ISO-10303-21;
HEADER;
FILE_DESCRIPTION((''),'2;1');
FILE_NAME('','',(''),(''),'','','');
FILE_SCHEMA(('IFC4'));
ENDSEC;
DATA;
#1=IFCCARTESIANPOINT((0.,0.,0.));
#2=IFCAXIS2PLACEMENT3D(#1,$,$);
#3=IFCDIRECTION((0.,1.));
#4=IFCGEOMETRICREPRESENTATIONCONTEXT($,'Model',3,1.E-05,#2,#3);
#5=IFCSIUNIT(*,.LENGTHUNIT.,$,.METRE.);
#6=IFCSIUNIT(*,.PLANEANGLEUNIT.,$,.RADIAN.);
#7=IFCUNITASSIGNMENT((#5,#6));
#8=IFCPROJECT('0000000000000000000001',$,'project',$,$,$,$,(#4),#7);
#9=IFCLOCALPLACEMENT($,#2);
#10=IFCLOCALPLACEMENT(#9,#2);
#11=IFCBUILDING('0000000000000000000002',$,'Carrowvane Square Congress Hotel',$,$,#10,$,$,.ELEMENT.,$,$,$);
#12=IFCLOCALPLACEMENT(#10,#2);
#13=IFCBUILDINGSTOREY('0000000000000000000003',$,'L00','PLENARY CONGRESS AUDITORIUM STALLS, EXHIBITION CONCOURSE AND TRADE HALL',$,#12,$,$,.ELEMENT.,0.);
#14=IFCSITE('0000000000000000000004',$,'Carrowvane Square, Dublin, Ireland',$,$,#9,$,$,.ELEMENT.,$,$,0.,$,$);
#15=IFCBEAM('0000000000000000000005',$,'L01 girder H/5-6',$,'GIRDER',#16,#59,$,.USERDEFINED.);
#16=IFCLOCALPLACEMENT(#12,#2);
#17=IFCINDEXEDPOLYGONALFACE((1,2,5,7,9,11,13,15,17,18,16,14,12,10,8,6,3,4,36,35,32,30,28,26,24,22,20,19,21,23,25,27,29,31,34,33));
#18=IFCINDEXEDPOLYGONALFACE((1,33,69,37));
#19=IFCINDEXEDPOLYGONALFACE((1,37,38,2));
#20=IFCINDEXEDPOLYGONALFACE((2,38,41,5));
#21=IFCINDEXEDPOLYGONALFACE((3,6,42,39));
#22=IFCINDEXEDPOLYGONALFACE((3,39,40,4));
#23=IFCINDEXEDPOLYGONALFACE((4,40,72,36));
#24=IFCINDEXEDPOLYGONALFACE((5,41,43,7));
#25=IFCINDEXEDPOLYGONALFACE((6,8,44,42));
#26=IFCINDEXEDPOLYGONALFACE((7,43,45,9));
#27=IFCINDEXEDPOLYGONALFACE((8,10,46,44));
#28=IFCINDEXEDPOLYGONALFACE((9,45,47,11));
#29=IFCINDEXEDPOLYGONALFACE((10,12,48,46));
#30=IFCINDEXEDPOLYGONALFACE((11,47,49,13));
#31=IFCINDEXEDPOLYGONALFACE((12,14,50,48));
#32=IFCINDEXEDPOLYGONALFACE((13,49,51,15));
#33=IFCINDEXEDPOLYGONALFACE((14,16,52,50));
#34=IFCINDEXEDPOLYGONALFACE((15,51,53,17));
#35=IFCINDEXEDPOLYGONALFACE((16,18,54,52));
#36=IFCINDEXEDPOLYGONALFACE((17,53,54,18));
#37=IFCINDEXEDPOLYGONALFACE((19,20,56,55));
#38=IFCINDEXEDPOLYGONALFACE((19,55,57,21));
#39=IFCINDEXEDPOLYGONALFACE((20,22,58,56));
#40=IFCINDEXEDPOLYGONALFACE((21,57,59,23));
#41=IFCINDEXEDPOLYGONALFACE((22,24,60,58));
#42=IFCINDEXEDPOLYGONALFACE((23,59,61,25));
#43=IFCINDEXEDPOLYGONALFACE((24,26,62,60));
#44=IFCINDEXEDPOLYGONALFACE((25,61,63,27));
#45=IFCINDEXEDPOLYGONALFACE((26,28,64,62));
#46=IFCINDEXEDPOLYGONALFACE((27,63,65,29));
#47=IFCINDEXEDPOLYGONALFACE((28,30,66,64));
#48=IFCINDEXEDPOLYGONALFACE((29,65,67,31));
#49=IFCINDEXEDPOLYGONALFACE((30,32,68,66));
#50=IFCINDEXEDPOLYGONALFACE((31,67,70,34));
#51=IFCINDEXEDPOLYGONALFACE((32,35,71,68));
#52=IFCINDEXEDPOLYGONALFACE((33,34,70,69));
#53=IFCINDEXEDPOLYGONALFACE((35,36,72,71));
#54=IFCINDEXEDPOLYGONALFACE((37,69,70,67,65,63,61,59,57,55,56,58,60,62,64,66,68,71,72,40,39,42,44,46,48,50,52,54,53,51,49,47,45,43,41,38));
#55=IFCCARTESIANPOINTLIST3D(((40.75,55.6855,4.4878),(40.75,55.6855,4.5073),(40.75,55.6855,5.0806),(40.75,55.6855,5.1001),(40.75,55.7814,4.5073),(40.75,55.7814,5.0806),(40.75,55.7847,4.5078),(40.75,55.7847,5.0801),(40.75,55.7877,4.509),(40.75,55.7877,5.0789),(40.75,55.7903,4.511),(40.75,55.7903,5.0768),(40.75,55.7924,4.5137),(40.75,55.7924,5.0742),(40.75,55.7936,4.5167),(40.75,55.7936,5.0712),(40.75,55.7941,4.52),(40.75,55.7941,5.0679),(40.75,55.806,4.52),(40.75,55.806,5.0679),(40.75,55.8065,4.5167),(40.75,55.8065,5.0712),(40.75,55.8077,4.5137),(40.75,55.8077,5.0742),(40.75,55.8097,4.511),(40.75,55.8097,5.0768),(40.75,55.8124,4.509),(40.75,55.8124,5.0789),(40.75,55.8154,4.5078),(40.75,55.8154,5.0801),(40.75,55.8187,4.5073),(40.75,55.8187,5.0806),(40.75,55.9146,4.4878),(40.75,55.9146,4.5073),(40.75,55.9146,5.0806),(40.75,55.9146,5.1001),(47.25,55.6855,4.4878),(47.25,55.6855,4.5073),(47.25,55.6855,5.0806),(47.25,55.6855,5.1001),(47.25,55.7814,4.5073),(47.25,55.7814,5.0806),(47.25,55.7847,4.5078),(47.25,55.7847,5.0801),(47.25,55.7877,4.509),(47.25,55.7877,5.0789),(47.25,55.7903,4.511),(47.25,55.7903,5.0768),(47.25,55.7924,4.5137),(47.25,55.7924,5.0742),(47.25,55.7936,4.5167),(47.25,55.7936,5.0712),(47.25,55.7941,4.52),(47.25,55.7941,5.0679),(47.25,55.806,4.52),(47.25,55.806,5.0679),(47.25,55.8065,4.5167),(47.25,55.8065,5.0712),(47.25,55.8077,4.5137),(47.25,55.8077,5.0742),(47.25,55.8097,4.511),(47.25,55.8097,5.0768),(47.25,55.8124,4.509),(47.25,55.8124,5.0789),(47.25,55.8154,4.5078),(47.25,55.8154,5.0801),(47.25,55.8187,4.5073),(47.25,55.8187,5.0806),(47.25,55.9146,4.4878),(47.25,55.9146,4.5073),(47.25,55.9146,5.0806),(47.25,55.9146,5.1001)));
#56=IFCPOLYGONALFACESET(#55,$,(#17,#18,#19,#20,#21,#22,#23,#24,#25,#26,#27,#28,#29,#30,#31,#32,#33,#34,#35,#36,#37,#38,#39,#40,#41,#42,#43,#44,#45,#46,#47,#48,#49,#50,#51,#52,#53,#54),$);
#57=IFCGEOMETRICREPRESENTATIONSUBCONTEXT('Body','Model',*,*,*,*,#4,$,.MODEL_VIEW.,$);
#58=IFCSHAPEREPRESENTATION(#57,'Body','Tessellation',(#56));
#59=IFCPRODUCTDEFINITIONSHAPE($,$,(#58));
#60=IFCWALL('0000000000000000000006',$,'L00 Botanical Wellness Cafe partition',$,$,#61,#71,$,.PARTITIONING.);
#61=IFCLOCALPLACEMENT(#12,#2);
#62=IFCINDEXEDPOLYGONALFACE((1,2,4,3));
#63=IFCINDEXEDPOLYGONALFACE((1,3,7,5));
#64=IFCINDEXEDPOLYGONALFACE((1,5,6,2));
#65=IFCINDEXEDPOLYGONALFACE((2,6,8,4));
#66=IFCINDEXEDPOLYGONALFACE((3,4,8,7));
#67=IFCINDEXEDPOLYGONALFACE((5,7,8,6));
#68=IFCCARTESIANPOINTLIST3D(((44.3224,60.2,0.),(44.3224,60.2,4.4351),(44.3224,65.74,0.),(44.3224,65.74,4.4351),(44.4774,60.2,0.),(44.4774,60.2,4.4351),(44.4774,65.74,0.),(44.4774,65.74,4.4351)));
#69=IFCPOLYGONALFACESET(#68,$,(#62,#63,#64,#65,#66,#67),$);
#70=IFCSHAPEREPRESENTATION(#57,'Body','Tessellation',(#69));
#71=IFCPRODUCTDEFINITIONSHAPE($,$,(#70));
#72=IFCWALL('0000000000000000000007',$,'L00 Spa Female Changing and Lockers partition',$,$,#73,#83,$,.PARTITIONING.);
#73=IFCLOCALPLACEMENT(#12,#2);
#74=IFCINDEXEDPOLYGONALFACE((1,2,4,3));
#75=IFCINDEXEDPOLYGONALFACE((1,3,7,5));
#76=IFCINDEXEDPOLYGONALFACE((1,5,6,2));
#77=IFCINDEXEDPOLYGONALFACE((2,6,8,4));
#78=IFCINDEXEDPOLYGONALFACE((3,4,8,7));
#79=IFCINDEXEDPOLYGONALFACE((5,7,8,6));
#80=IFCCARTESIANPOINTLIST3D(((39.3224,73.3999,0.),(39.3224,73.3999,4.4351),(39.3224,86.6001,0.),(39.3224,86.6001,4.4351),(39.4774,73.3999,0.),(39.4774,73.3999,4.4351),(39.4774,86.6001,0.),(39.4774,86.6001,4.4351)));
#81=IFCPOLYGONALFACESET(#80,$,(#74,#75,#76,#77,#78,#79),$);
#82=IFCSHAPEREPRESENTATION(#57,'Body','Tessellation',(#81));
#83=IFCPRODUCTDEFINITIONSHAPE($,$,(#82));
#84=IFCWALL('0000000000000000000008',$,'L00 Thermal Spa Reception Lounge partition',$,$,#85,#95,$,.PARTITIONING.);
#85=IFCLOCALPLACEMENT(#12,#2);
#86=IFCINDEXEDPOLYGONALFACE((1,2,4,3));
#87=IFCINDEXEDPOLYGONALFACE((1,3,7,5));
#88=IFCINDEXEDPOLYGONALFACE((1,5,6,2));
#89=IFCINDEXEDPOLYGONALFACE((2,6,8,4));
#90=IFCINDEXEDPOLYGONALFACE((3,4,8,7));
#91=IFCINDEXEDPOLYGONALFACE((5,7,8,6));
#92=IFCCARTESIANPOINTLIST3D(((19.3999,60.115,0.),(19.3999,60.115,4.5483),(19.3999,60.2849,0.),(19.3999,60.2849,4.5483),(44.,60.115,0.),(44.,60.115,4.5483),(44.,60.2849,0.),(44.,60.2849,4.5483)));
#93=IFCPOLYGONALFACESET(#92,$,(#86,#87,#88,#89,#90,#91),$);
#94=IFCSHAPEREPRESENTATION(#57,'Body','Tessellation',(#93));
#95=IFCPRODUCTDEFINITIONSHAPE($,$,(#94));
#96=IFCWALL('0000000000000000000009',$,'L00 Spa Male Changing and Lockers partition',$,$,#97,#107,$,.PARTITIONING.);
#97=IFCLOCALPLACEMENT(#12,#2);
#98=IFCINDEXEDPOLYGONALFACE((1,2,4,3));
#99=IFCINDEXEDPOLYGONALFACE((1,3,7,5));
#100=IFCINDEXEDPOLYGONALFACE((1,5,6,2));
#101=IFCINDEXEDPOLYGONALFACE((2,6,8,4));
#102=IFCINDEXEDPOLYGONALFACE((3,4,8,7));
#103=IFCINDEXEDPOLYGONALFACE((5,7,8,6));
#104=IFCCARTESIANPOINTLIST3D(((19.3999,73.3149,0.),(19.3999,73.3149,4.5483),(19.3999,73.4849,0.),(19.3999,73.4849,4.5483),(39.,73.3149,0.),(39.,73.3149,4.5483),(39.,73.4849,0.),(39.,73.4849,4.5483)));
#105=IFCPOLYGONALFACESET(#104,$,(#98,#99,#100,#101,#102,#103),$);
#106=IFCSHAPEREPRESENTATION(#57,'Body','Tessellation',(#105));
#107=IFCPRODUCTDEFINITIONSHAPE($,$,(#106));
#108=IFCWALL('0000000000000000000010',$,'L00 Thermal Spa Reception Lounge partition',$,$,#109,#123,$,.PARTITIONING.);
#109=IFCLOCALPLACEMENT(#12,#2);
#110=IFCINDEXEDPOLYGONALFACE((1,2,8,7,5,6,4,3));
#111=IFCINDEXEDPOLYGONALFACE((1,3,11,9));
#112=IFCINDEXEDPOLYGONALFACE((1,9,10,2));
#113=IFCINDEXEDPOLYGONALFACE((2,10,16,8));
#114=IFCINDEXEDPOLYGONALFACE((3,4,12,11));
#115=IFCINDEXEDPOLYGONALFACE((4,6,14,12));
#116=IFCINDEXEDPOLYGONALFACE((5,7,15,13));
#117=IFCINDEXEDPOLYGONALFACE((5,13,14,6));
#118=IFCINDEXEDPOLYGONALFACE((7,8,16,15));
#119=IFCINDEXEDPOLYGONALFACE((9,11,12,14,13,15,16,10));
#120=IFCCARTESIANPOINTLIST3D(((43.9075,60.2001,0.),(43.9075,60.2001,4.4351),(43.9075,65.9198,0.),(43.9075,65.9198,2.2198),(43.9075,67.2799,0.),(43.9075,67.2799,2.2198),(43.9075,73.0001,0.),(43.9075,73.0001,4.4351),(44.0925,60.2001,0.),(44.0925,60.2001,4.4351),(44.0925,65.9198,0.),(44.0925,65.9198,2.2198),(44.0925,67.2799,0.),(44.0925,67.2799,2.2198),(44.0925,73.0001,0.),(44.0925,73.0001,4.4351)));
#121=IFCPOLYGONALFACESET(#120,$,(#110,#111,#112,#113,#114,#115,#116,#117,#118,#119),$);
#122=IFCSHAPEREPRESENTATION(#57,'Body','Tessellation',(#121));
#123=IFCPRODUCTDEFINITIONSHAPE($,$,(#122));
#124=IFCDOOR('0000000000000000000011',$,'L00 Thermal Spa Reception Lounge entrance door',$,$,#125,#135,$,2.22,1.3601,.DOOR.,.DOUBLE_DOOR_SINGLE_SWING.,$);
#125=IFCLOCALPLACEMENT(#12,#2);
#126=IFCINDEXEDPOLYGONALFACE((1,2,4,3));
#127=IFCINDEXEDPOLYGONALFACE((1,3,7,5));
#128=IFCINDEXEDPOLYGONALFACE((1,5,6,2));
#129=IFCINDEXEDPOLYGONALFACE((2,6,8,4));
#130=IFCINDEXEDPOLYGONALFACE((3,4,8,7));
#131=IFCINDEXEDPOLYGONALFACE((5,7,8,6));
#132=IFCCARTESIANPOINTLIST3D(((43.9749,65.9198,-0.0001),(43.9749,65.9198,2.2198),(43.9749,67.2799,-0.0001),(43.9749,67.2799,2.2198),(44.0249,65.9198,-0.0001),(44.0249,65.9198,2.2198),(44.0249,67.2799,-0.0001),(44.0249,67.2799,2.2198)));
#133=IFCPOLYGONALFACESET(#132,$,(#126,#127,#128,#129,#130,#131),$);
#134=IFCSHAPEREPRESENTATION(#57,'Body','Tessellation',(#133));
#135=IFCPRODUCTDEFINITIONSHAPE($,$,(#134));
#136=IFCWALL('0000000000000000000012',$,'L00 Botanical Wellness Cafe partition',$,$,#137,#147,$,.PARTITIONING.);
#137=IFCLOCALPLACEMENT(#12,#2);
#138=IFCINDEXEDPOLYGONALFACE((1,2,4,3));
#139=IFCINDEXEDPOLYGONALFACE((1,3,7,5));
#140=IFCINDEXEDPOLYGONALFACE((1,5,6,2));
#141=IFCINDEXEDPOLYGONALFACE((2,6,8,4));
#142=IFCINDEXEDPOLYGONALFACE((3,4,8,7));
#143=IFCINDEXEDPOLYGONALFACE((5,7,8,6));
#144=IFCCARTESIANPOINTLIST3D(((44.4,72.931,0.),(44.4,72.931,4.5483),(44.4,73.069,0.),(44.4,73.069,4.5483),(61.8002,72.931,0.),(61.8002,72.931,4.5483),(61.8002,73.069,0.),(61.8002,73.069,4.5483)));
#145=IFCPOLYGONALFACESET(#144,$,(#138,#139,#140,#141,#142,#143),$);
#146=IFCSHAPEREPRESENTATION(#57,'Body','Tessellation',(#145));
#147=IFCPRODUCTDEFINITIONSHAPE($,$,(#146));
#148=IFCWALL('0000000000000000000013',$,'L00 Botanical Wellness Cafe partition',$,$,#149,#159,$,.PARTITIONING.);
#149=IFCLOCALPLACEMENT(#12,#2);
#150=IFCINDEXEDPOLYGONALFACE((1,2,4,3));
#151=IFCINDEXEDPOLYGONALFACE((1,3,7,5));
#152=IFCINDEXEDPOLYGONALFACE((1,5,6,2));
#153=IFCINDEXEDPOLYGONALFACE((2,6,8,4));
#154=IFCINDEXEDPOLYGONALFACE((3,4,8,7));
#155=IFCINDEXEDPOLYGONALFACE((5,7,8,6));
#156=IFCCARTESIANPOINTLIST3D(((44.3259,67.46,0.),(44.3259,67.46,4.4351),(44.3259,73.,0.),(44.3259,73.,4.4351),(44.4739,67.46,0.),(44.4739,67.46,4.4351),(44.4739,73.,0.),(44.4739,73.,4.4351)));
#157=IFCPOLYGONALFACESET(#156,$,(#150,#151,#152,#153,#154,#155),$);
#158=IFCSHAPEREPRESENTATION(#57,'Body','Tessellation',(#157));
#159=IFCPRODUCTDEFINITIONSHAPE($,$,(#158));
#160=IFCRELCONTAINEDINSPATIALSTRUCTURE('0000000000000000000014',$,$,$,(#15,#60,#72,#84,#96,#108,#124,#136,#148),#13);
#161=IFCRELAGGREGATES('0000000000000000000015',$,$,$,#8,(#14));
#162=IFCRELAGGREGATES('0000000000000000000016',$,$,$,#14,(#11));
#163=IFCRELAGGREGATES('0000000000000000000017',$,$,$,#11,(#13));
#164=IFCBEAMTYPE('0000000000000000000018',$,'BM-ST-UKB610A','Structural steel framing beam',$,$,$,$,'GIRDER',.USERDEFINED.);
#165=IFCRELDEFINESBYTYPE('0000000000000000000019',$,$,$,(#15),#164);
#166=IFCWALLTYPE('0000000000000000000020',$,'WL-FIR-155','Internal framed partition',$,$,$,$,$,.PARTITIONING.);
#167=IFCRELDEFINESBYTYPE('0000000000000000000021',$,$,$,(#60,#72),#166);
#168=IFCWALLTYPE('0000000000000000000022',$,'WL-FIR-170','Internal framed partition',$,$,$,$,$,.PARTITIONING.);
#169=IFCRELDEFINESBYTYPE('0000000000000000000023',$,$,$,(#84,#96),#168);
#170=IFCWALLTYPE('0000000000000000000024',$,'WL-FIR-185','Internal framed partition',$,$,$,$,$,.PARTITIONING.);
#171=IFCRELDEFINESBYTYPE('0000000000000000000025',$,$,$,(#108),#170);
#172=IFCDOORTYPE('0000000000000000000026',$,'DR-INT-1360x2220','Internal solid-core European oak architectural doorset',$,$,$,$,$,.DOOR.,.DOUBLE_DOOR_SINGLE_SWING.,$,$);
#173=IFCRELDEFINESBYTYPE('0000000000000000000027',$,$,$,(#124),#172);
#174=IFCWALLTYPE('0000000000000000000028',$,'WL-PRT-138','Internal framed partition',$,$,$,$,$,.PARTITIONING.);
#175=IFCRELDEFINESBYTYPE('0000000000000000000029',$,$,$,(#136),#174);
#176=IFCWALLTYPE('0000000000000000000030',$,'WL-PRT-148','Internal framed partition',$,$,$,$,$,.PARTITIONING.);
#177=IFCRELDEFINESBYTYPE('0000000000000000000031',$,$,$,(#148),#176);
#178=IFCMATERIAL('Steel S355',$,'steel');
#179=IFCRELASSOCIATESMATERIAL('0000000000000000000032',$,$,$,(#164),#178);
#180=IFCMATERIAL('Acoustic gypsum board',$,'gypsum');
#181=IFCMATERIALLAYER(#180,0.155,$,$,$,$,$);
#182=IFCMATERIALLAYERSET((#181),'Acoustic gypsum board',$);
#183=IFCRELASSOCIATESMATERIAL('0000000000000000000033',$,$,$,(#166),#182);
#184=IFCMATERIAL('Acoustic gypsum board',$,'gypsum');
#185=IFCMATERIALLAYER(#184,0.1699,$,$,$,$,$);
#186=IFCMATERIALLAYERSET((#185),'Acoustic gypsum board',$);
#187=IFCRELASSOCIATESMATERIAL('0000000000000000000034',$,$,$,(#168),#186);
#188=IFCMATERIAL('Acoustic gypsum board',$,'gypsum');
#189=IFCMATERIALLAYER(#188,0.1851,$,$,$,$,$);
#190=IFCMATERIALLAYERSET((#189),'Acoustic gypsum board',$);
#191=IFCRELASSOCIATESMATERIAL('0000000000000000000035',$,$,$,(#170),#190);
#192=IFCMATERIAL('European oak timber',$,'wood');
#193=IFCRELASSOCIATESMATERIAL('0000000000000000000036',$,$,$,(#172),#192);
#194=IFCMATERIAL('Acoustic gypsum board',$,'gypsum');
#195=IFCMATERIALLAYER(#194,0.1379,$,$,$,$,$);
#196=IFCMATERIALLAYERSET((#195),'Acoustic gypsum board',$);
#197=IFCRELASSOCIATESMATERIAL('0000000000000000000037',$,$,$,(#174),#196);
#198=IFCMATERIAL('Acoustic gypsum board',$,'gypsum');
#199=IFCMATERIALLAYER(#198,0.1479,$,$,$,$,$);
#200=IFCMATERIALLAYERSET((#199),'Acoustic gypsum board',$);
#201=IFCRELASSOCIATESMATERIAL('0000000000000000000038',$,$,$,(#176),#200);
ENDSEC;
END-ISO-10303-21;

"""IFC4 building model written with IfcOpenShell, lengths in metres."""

from ifc_helpers import new_model, si_unit, direction, frame, frame_2d, origin, origin_2d, place, context, subcontext, project, spatial, rectangle, i_section, extrude, material, layer, layer_set, material_profile, profile_set, type_object, element, fill, save


model = new_model("IFC4")

# Units and contexts
model_context = context("Model", 3, precision=1e-05, world=origin(), true_north=direction((0.0, 1.0)))
body_context = subcontext(model_context, "Body", "Model", "MODEL_VIEW")
ifc_project = project(units=[si_unit("LENGTHUNIT", "METRE"), si_unit("PLANEANGLEUNIT", "RADIAN")], contexts=[model_context])

# Site, building, storey
site_placement = place(None, origin())
site = spatial("IfcSite", under=ifc_project, at=site_placement, Name="Carrowvane Square, Dublin, Ireland", CompositionType="ELEMENT", RefElevation=0.0)
building_placement = place(site_placement, origin())
building = spatial("IfcBuilding", under=site, at=building_placement, Name="Carrowvane Square Congress Hotel", CompositionType="ELEMENT")
storey_placement = place(building_placement, origin())
storey = spatial("IfcBuildingStorey", under=building, at=storey_placement, Name="L00", Description="PLENARY CONGRESS AUDITORIUM STALLS, EXHIBITION CONCOURSE AND TRADE HALL", CompositionType="ELEMENT", Elevation=0.0)

# Beam
ifc_material_1 = material(Name="Steel S355", Category="steel")
ifc_material_profile_1 = material_profile(ifc_material_1, i_section(OverallWidth=0.229, OverallDepth=0.6123, WebThickness=0.012, FlangeThickness=0.0195, FilletRadius=0.0127, at=origin_2d()), Name="UKB 610x229x125")
ifc_profile_set_1 = profile_set([ifc_material_profile_1], Name="Steel S355")
beam_type_1 = type_object("IfcBeamType", Name="BM-ST-UKB610A", Description="Structural steel framing beam", ElementType="GIRDER", PredefinedType="USERDEFINED", material=ifc_profile_set_1)
for number, where, z_axis, x_axis, name in (
    (1, (40.75, 55.8, 4.7939), (1.0, 0.0, 0.0), (0.0, 1.0, 0.0), "L01 girder H/5-6"),
):
    element("IfcBeam", number, at=place(storey_placement, frame(where, z_axis=z_axis, x_axis=x_axis)), inside=storey, type_object=beam_type_1, Name=name, ObjectType="GIRDER", PredefinedType="USERDEFINED", context=body_context, shape_type="SweptSolid", body=[
        extrude(i_section(OverallWidth=0.229, OverallDepth=0.6123, WebThickness=0.012, FlangeThickness=0.0195, FilletRadius=0.0127, at=origin_2d()), origin(), (0.0, 0.0, 1.0), 6.5),
    ])

# Walls
ifc_material_2 = material(Name="Acoustic gypsum board", Category="gypsum")
ifc_layer_1 = layer(ifc_material_2, 0.155)
ifc_layer_set_1 = layer_set([ifc_layer_1], Name="Acoustic gypsum board")
wall_type_1 = type_object("IfcWallType", Name="WL-FIR-155", Description="Internal framed partition", PredefinedType="PARTITIONING", material=ifc_layer_set_1)
wall_1_placement = place(storey_placement, frame((44.3999, 60.2, 0.0), z_axis=(0.0, 0.0, 1.0), x_axis=(0.0, 1.0, 0.0)))
element("IfcWall", 2, at=wall_1_placement, inside=storey, type_object=wall_type_1, Name="L00 Botanical Wellness Cafe partition", PredefinedType="PARTITIONING", context=body_context, shape_type="SweptSolid", body=[
    extrude(rectangle(XDim=5.54, YDim=0.155, at=frame_2d((2.77, 0.0))), origin(), (0.0, 0.0, 1.0), 4.4351),
])
wall_2_placement = place(storey_placement, frame((39.3999, 73.3999, 0.0), z_axis=(0.0, 0.0, 1.0), x_axis=(0.0, 1.0, 0.0)))
element("IfcWall", 3, at=wall_2_placement, inside=storey, type_object=wall_type_1, Name="L00 Spa Female Changing and Lockers partition", PredefinedType="PARTITIONING", context=body_context, shape_type="SweptSolid", body=[
    extrude(rectangle(XDim=13.2002, YDim=0.155, at=frame_2d((6.6001, 0.0))), origin(), (0.0, 0.0, 1.0), 4.4351),
])
ifc_material_3 = material(Name="Acoustic gypsum board", Category="gypsum")
ifc_layer_2 = layer(ifc_material_3, 0.1699)
ifc_layer_set_2 = layer_set([ifc_layer_2], Name="Acoustic gypsum board")
wall_type_2 = type_object("IfcWallType", Name="WL-FIR-170", Description="Internal framed partition", PredefinedType="PARTITIONING", material=ifc_layer_set_2)
wall_3_placement = place(storey_placement, frame((44.0, 60.2, 0.0), z_axis=(0.0, 0.0, 1.0), x_axis=(-1.0, 0.0, 0.0)))
element("IfcWall", 4, at=wall_3_placement, inside=storey, type_object=wall_type_2, Name="L00 Thermal Spa Reception Lounge partition", PredefinedType="PARTITIONING", context=body_context, shape_type="SweptSolid", body=[
    extrude(rectangle(XDim=24.6001, YDim=0.1699, at=frame_2d((12.3, 0.0))), origin(), (0.0, 0.0, 1.0), 4.5483),
])
wall_4_placement = place(storey_placement, frame((39.0, 73.3999, 0.0), z_axis=(0.0, 0.0, 1.0), x_axis=(-1.0, 0.0, 0.0)))
element("IfcWall", 5, at=wall_4_placement, inside=storey, type_object=wall_type_2, Name="L00 Spa Male Changing and Lockers partition", PredefinedType="PARTITIONING", context=body_context, shape_type="SweptSolid", body=[
    extrude(rectangle(XDim=19.6001, YDim=0.1699, at=frame_2d((9.8, 0.0))), origin(), (0.0, 0.0, 1.0), 4.5483),
])

# Wall, opening, door
ifc_material_4 = material(Name="Acoustic gypsum board", Category="gypsum")
ifc_layer_3 = layer(ifc_material_4, 0.1851)
ifc_layer_set_3 = layer_set([ifc_layer_3], Name="Acoustic gypsum board")
wall_type_3 = type_object("IfcWallType", Name="WL-FIR-185", Description="Internal framed partition", PredefinedType="PARTITIONING", material=ifc_layer_set_3)
wall_5_placement = place(storey_placement, frame((44.0, 73.0, 0.0), z_axis=(0.0, 0.0, 1.0), x_axis=(0.0, -1.0, 0.0)))
wall_5 = element("IfcWall", 6, at=wall_5_placement, inside=storey, type_object=wall_type_3, Name="L00 Thermal Spa Reception Lounge partition", PredefinedType="PARTITIONING", context=body_context, shape_type="SweptSolid", body=[
    extrude(rectangle(XDim=12.8, YDim=0.1851, at=frame_2d((6.3999, 0.0))), origin(), (0.0, 0.0, 1.0), 4.4351),
])
opening_placement = place(wall_5_placement, frame((5.72, 0.0, 0.0)))
opening = element("IfcOpeningElement", 7, at=opening_placement, cuts=wall_5, PredefinedType="OPENING", context=body_context, shape_type="SweptSolid", body=[
    extrude(rectangle(XDim=1.3601, YDim=2.22, at=frame_2d((0.6802, 1.1099))), frame((0.0, 0.1025, 0.0), z_axis=(0.0, -1.0, 0.0), x_axis=(1.0, 0.0, 0.0)), (0.0, 0.0, 1.0), 0.2051),
])
ifc_material_5 = material(Name="European oak timber", Category="wood")
door_type = type_object("IfcDoorType", Name="DR-INT-1360x2220", Description="Internal solid-core European oak architectural doorset", OperationType="DOUBLE_DOOR_SINGLE_SWING", PredefinedType="DOOR", material=ifc_material_5)
door_placement = place(opening_placement, origin())
door = element("IfcDoor", 8, at=door_placement, inside=storey, type_object=door_type, Name="L00 Thermal Spa Reception Lounge entrance door", OperationType="DOUBLE_DOOR_SINGLE_SWING", OverallHeight=2.22, OverallWidth=1.3601, PredefinedType="DOOR", context=body_context, shape_type="SweptSolid", body=[
    extrude(rectangle(XDim=1.3601, YDim=2.22, at=frame_2d((0.6802, 1.1099))), frame((0.0, 0.0249, 0.0), z_axis=(0.0, -1.0, 0.0), x_axis=(1.0, 0.0, 0.0)), (0.0, 0.0, 1.0), 0.05),
])
fill(opening, door)

# Walls
ifc_material_6 = material(Name="Acoustic gypsum board", Category="gypsum")
ifc_layer_4 = layer(ifc_material_6, 0.1379)
ifc_layer_set_4 = layer_set([ifc_layer_4], Name="Acoustic gypsum board")
wall_type_4 = type_object("IfcWallType", Name="WL-PRT-138", Description="Internal framed partition", PredefinedType="PARTITIONING", material=ifc_layer_set_4)
wall_6_placement = place(storey_placement, frame((44.3999, 73.0, 0.0), z_axis=(0.0, 0.0, 1.0), x_axis=(1.0, 0.0, 0.0)))
element("IfcWall", 9, at=wall_6_placement, inside=storey, type_object=wall_type_4, Name="L00 Botanical Wellness Cafe partition", PredefinedType="PARTITIONING", context=body_context, shape_type="SweptSolid", body=[
    extrude(rectangle(XDim=17.4001, YDim=0.1379, at=frame_2d((8.7002, 0.0))), origin(), (0.0, 0.0, 1.0), 4.5483),
])
ifc_material_7 = material(Name="Acoustic gypsum board", Category="gypsum")
ifc_layer_5 = layer(ifc_material_7, 0.1479)
ifc_layer_set_5 = layer_set([ifc_layer_5], Name="Acoustic gypsum board")
wall_type_5 = type_object("IfcWallType", Name="WL-PRT-148", Description="Internal framed partition", PredefinedType="PARTITIONING", material=ifc_layer_set_5)
wall_7_placement = place(storey_placement, frame((44.3999, 67.46, 0.0), z_axis=(0.0, 0.0, 1.0), x_axis=(0.0, 1.0, 0.0)))
element("IfcWall", 10, at=wall_7_placement, inside=storey, type_object=wall_type_5, Name="L00 Botanical Wellness Cafe partition", PredefinedType="PARTITIONING", context=body_context, shape_type="SweptSolid", body=[
    extrude(rectangle(XDim=5.54, YDim=0.1479, at=frame_2d((2.77, 0.0))), origin(), (0.0, 0.0, 1.0), 4.4351),
])

save(model, "model.ifc")
